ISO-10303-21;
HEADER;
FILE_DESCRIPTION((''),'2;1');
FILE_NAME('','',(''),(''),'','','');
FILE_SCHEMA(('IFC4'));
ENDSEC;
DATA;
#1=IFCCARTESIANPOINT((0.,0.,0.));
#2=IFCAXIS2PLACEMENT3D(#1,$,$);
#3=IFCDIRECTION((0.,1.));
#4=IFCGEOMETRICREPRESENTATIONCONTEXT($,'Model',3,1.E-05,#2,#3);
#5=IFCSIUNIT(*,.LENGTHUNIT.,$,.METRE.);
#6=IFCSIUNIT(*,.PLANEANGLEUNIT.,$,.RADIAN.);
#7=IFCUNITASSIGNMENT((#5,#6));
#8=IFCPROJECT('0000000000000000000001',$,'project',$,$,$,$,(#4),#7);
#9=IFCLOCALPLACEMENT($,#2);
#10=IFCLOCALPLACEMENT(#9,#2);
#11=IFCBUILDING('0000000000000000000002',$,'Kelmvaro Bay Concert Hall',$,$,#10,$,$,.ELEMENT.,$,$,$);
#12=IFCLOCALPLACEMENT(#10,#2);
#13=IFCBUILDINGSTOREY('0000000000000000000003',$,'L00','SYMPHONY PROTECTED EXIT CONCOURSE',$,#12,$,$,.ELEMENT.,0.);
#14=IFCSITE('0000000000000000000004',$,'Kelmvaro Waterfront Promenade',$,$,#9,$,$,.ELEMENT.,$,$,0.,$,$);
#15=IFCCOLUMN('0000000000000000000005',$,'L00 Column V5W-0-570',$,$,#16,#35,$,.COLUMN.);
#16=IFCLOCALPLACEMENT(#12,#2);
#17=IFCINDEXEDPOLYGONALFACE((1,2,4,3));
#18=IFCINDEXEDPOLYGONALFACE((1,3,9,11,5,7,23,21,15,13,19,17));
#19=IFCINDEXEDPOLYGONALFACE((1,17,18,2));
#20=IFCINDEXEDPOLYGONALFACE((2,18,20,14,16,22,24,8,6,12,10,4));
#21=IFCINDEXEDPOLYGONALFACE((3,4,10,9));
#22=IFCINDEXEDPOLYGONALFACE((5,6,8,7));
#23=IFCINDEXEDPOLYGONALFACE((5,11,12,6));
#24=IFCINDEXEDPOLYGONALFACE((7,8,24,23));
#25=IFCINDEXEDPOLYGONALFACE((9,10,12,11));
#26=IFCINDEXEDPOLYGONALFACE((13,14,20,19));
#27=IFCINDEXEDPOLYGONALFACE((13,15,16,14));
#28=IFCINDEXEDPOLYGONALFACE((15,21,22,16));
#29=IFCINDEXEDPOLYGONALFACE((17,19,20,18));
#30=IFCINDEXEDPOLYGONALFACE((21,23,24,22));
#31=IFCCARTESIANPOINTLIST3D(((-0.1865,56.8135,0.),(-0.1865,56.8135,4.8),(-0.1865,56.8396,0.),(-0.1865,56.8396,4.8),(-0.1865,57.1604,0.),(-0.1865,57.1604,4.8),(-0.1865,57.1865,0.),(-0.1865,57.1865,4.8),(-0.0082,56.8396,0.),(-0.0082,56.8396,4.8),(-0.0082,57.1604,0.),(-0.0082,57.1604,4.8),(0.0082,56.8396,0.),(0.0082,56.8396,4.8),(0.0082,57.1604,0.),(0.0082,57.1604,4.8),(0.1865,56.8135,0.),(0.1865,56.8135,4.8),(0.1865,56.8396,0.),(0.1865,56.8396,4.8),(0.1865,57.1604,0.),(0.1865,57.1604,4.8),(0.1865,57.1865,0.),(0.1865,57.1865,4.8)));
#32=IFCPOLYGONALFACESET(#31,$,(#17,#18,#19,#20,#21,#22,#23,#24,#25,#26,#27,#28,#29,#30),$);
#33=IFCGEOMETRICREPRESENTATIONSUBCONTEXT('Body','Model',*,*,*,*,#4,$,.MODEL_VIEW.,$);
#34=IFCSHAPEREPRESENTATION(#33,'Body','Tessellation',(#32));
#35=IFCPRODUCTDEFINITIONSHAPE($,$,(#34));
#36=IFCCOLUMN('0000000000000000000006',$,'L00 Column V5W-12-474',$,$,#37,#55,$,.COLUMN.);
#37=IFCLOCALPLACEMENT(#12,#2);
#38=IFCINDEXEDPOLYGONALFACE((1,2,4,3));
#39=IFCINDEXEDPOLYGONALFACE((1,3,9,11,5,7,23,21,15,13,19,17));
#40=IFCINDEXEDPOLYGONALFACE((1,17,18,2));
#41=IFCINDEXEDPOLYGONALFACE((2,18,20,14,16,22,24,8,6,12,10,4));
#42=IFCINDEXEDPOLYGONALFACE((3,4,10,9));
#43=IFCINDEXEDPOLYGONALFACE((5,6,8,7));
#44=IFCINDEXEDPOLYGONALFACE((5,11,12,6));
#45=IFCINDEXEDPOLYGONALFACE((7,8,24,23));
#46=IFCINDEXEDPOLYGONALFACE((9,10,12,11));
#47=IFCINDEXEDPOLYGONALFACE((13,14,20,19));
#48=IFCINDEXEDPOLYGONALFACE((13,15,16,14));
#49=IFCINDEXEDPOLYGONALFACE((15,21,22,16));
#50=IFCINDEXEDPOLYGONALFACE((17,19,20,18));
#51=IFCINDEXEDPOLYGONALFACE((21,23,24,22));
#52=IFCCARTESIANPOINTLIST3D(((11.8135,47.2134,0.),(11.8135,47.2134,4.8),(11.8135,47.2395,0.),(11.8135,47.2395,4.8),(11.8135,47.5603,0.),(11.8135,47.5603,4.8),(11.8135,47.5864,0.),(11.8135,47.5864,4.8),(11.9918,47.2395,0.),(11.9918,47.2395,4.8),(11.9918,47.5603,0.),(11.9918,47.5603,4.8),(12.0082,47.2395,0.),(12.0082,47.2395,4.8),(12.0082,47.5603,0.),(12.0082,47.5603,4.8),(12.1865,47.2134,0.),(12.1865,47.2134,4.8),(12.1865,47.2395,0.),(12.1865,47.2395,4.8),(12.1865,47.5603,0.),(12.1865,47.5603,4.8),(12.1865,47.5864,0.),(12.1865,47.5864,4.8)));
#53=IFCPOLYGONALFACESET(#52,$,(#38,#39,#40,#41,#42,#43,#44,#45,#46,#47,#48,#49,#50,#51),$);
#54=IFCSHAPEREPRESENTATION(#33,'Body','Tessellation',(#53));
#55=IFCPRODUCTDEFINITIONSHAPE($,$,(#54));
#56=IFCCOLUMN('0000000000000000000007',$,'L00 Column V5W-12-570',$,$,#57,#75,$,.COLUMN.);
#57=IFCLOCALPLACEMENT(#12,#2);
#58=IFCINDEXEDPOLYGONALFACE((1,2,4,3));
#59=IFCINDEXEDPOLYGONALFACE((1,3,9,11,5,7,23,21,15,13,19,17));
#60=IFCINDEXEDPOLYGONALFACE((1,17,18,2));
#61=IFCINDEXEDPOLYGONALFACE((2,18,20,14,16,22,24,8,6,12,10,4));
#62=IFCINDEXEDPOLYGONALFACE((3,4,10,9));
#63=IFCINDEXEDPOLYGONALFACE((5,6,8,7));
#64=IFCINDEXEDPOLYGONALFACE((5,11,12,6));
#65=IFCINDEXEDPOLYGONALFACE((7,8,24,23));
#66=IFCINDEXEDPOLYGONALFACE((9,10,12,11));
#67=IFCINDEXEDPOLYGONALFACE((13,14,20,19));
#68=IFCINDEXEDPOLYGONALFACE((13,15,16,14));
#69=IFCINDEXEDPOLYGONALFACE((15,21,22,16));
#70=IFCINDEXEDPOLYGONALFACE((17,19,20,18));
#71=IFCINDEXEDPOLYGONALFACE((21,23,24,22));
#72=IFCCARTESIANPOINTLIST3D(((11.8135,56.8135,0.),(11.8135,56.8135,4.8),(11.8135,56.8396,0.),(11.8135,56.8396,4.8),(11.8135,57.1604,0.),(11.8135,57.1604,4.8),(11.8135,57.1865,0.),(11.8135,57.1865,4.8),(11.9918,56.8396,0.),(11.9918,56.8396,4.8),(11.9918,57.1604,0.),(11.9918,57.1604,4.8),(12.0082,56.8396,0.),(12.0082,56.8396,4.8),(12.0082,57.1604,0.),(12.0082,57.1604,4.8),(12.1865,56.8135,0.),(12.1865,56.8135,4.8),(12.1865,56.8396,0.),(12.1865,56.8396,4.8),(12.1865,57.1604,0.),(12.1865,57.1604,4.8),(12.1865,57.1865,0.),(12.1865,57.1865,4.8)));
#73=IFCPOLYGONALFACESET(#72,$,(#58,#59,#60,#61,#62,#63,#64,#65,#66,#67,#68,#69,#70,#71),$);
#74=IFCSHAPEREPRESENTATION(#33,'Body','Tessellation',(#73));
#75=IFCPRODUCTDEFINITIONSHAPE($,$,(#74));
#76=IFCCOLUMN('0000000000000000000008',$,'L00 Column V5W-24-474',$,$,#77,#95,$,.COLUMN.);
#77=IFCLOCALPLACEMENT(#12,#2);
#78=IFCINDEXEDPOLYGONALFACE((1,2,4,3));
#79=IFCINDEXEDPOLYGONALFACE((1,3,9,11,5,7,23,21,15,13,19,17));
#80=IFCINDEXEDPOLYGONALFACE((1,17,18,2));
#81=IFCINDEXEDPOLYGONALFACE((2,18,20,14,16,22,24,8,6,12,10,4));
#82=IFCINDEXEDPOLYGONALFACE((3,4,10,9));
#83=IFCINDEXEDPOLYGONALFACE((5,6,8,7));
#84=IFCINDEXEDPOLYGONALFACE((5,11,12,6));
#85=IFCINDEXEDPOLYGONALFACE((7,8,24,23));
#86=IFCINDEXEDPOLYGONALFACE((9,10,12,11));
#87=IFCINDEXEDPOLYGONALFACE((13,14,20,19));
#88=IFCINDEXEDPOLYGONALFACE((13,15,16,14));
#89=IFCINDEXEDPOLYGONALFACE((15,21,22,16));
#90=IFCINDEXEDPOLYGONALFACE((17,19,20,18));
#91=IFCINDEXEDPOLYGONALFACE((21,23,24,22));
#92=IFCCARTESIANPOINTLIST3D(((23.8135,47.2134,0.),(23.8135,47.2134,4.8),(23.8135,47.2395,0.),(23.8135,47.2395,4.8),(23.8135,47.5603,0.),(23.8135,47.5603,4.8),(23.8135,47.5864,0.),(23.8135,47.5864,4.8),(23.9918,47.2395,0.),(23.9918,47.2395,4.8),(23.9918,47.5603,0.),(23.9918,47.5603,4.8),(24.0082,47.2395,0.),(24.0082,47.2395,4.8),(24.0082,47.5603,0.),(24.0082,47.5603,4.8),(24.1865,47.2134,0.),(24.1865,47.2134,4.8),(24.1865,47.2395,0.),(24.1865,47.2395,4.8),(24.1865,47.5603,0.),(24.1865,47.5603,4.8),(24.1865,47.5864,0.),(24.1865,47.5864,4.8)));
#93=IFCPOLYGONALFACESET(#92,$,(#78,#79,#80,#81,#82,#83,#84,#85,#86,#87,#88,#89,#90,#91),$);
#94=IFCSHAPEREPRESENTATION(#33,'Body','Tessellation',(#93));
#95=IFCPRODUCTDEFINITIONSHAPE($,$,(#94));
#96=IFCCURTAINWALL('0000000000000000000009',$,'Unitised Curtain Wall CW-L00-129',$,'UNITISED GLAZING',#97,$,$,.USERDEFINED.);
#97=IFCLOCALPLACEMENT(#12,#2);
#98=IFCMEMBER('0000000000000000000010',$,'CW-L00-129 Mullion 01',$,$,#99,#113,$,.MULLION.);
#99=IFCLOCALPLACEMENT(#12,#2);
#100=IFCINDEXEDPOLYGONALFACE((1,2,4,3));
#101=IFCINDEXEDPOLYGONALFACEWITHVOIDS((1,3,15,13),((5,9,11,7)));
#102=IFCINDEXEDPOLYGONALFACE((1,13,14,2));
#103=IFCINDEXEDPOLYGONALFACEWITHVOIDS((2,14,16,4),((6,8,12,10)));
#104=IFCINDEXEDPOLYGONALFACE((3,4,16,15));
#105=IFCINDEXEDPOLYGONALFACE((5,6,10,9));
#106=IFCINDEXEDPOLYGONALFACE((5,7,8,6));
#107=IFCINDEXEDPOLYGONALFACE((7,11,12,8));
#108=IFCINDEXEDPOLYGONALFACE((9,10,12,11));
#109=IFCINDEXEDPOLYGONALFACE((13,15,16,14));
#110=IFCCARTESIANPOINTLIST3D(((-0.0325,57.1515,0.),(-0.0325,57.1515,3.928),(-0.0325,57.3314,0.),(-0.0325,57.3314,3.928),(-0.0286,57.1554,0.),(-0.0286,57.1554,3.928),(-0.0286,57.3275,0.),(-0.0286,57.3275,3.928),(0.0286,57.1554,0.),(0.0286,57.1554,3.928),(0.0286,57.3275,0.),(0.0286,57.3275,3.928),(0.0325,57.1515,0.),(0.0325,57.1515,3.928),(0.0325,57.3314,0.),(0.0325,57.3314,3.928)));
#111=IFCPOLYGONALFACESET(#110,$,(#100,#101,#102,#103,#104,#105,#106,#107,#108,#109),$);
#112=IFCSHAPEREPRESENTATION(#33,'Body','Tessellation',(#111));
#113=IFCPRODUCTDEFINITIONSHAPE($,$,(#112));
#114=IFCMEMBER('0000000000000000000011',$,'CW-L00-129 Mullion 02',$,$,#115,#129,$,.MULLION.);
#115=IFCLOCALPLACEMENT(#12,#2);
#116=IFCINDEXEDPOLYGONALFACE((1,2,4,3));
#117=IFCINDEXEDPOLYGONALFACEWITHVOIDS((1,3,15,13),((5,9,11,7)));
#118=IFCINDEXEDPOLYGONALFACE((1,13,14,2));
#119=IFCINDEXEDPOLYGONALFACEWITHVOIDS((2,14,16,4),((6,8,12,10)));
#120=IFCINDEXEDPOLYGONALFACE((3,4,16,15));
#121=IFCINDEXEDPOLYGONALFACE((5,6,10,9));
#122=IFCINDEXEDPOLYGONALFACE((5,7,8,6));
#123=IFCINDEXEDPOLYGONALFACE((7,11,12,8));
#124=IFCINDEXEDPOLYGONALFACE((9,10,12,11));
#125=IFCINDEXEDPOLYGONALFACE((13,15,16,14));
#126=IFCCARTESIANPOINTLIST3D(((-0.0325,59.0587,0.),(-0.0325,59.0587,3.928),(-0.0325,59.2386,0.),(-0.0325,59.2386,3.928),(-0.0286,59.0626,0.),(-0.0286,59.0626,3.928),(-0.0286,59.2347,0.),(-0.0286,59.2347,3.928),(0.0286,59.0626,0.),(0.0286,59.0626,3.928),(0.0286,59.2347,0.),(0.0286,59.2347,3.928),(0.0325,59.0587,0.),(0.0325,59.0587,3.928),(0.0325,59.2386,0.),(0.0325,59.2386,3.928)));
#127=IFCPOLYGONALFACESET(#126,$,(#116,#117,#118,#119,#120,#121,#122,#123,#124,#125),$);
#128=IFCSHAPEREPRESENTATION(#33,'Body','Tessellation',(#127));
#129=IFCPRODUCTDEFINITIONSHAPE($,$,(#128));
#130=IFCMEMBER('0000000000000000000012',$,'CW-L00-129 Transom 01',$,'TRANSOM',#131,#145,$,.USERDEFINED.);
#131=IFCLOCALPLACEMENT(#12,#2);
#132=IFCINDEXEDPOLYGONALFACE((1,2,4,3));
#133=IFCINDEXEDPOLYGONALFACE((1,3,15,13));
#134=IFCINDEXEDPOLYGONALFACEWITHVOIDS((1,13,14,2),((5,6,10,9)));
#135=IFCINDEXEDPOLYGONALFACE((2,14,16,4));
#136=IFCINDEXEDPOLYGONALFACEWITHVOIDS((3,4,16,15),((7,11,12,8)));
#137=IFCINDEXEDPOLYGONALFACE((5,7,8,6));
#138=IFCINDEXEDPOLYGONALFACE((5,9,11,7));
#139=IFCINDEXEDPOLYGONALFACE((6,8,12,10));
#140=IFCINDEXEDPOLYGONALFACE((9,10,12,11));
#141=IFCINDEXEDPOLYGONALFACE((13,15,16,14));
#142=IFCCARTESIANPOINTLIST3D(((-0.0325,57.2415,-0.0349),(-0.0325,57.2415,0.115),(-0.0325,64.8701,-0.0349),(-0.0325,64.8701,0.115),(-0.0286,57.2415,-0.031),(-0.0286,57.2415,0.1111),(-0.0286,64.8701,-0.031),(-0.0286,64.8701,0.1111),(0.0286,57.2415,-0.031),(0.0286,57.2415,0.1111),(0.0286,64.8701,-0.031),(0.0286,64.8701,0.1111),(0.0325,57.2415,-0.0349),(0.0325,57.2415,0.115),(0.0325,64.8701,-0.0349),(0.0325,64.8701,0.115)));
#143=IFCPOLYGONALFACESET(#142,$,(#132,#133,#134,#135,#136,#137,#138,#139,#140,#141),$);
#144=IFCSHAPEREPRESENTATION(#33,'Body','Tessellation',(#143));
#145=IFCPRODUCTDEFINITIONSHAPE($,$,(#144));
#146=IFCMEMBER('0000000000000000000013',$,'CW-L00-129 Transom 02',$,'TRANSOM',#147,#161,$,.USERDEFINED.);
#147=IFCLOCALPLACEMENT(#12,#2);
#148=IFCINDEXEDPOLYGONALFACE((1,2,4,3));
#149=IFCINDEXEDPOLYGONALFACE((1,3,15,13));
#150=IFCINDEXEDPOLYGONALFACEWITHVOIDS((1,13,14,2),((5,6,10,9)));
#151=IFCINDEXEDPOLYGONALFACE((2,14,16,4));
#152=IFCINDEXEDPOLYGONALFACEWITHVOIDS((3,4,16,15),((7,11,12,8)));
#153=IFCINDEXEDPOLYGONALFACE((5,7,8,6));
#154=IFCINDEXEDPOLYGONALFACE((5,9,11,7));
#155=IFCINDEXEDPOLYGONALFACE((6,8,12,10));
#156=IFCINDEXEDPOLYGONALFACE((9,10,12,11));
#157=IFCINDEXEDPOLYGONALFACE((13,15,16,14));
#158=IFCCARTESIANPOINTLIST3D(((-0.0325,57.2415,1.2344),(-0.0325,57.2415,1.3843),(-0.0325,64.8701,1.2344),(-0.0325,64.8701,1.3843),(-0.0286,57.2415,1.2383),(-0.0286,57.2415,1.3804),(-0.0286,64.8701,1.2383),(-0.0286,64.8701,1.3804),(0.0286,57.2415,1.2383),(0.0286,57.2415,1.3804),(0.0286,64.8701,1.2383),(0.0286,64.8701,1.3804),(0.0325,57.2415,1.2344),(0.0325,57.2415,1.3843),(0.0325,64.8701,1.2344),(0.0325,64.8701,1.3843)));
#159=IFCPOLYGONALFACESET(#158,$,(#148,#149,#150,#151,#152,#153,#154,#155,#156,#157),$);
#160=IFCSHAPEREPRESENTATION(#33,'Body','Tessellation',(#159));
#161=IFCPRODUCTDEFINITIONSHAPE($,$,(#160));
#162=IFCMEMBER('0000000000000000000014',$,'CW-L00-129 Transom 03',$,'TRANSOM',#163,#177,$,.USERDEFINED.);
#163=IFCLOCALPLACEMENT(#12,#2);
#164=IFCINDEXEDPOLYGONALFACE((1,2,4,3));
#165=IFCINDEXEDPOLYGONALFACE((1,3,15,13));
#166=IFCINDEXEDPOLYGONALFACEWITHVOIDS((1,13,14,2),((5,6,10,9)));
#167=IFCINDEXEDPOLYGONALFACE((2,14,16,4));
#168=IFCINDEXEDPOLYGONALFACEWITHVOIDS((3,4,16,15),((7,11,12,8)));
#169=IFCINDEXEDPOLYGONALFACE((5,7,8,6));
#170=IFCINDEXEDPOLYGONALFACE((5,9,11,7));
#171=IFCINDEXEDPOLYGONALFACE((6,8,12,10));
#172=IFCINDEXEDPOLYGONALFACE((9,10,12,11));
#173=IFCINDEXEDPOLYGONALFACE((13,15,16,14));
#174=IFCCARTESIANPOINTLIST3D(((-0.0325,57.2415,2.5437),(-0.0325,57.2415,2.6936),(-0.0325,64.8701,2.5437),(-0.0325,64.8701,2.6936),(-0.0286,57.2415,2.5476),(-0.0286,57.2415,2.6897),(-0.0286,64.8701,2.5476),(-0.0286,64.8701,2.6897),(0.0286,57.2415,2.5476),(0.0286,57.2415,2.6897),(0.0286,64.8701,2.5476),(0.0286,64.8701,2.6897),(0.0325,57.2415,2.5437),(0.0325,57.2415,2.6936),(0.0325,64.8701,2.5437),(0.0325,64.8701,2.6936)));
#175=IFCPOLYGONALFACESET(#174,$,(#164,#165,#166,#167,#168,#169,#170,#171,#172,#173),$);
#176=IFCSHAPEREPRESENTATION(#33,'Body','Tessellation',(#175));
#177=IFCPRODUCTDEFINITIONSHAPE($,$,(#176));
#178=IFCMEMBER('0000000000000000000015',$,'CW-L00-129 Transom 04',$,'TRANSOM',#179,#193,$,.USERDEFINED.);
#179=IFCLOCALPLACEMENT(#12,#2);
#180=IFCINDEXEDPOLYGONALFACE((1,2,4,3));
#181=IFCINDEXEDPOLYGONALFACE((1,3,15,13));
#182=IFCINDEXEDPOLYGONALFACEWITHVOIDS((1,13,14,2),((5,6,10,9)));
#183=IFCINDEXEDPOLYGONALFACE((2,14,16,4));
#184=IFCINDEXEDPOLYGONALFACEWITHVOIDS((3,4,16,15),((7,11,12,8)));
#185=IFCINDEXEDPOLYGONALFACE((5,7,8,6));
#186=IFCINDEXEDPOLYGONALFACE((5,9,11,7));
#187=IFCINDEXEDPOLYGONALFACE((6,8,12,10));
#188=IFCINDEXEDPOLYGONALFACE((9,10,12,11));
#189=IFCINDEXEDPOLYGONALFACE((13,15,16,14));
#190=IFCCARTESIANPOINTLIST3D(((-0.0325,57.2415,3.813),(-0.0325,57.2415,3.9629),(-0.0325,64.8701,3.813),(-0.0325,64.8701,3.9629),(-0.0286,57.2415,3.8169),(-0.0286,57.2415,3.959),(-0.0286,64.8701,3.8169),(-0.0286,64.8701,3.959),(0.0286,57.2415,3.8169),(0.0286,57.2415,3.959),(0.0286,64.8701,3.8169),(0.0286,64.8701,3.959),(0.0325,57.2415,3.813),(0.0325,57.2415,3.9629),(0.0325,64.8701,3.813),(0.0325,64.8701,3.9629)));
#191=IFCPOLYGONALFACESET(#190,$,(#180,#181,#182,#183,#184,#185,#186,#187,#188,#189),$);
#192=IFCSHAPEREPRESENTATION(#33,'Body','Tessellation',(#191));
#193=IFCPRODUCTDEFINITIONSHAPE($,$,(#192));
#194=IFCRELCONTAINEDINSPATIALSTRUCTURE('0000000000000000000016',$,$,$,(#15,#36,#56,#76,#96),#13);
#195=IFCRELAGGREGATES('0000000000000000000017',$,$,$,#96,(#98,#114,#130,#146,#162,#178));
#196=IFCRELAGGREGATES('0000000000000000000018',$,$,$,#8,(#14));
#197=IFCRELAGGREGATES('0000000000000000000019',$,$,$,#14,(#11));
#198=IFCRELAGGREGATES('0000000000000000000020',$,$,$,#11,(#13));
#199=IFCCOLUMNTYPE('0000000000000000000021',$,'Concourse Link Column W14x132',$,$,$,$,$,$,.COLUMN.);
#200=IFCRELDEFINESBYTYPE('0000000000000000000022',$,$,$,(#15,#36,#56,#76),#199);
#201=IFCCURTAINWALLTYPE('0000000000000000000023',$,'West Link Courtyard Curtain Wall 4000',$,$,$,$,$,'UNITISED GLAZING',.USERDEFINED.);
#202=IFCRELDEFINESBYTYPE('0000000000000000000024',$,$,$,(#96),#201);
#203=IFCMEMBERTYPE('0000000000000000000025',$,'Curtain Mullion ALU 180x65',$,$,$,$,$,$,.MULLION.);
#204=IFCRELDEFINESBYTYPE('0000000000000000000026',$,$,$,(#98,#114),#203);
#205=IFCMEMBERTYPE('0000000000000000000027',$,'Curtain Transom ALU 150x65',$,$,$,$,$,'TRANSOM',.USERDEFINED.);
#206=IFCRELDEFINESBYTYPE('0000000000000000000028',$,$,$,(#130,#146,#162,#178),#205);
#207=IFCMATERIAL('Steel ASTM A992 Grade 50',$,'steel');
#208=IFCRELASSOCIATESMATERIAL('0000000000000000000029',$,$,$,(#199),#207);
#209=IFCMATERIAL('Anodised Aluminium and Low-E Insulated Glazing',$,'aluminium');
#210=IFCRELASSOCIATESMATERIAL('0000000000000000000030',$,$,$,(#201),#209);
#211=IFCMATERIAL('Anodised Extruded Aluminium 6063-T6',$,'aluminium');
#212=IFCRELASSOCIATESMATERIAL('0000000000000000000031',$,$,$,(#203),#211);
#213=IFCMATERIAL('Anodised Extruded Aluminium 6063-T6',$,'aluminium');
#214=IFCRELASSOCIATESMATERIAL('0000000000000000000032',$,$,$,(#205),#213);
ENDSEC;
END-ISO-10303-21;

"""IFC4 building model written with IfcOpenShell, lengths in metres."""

from ifc_helpers import new_model, si_unit, direction, frame, origin, origin_2d, place, context, subcontext, project, spatial, hollow_rectangle, i_section, extrude, material, material_profile, profile_set, type_object, element, aggregate, save


model = new_model("IFC4")

# Units and contexts
model_context = context("Model", 3, precision=1e-05, world=origin(), true_north=direction((0.0, 1.0)))
body_context = subcontext(model_context, "Body", "Model", "MODEL_VIEW")
ifc_project = project(units=[si_unit("LENGTHUNIT", "METRE"), si_unit("PLANEANGLEUNIT", "RADIAN")], contexts=[model_context])

# Site, building, storey
site_placement = place(None, origin())
site = spatial("IfcSite", under=ifc_project, at=site_placement, Name="Kelmvaro Waterfront Promenade", CompositionType="ELEMENT", RefElevation=0.0)
building_placement = place(site_placement, origin())
building = spatial("IfcBuilding", under=site, at=building_placement, Name="Kelmvaro Bay Concert Hall", CompositionType="ELEMENT")
storey_placement = place(building_placement, origin())
storey = spatial("IfcBuildingStorey", under=building, at=storey_placement, Name="L00", Description="SYMPHONY PROTECTED EXIT CONCOURSE", CompositionType="ELEMENT", Elevation=0.0)

# Columns
ifc_material_1 = material(Name="Steel ASTM A992 Grade 50", Category="steel")
ifc_material_profile_1 = material_profile(ifc_material_1, i_section(OverallWidth=0.373, OverallDepth=0.373, WebThickness=0.0164, FlangeThickness=0.0261, at=origin_2d()), Name="W14X132")
ifc_profile_set_1 = profile_set([ifc_material_profile_1], Name="Steel ASTM A992 Grade 50")
column_type = type_object("IfcColumnType", Name="Concourse Link Column W14x132", PredefinedType="COLUMN", material=ifc_profile_set_1)
for number, where, z_axis, x_axis, name in (
    (1, (0.0, 57.0, 0.0), (0.0, 0.0, 1.0), (1.0, 0.0, 0.0), "L00 Column V5W-0-570"),
    (2, (12.0, 47.3999, 0.0), (0.0, 0.0, 1.0), (1.0, 0.0, 0.0), "L00 Column V5W-12-474"),
    (3, (12.0, 57.0, 0.0), (0.0, 0.0, 1.0), (1.0, 0.0, 0.0), "L00 Column V5W-12-570"),
    (4, (24.0, 47.3999, 0.0), (0.0, 0.0, 1.0), (1.0, 0.0, 0.0), "L00 Column V5W-24-474"),
):
    element("IfcColumn", number, at=place(storey_placement, frame(where, z_axis=z_axis, x_axis=x_axis)), inside=storey, type_object=column_type, Name=name, PredefinedType="COLUMN", context=body_context, shape_type="SweptSolid", body=[
        extrude(i_section(OverallWidth=0.373, OverallDepth=0.373, WebThickness=0.0164, FlangeThickness=0.0261, at=origin_2d()), origin(), (0.0, 0.0, 1.0), 4.8),
    ])

# Curtain wall, members
ifc_material_2 = material(Name="Anodised Aluminium and Low-E Insulated Glazing", Category="aluminium")
curtain_wall_type = type_object("IfcCurtainWallType", Name="West Link Courtyard Curtain Wall 4000", ElementType="UNITISED GLAZING", PredefinedType="USERDEFINED", material=ifc_material_2)
curtain_wall_placement = place(storey_placement, origin())
curtain_wall = element("IfcCurtainWall", 5, at=curtain_wall_placement, inside=storey, type_object=curtain_wall_type, Name="Unitised Curtain Wall CW-L00-129", ObjectType="UNITISED GLAZING", PredefinedType="USERDEFINED")
ifc_material_3 = material(Name="Anodised Extruded Aluminium 6063-T6", Category="aluminium")
ifc_material_profile_2 = material_profile(ifc_material_3, hollow_rectangle(XDim=0.0649, YDim=0.1799, WallThickness=0.0039, at=origin_2d()), Name="ALU-MUL-180X65")
ifc_profile_set_2 = profile_set([ifc_material_profile_2], Name="Anodised Extruded Aluminium 6063-T6")
member_type_1 = type_object("IfcMemberType", Name="Curtain Mullion ALU 180x65", PredefinedType="MULLION", material=ifc_profile_set_2)
member_1_placement = place(storey_placement, frame((0.0, 57.2415, 0.0), z_axis=(0.0, 0.0, 1.0), x_axis=(1.0, 0.0, 0.0)))
member_1 = element("IfcMember", 6, at=member_1_placement, type_object=member_type_1, Name="CW-L00-129 Mullion 01", PredefinedType="MULLION", context=body_context, shape_type="SweptSolid", body=[
    extrude(hollow_rectangle(XDim=0.0649, YDim=0.1799, WallThickness=0.0039, at=origin_2d()), origin(), (0.0, 0.0, 1.0), 3.928),
])
member_2_placement = place(storey_placement, frame((0.0, 59.1487, 0.0), z_axis=(0.0, 0.0, 1.0), x_axis=(1.0, 0.0, 0.0)))
member_2 = element("IfcMember", 7, at=member_2_placement, type_object=member_type_1, Name="CW-L00-129 Mullion 02", PredefinedType="MULLION", context=body_context, shape_type="SweptSolid", body=[
    extrude(hollow_rectangle(XDim=0.0649, YDim=0.1799, WallThickness=0.0039, at=origin_2d()), origin(), (0.0, 0.0, 1.0), 3.928),
])
ifc_material_4 = material(Name="Anodised Extruded Aluminium 6063-T6", Category="aluminium")
ifc_material_profile_3 = material_profile(ifc_material_4, hollow_rectangle(XDim=0.0649, YDim=0.1499, WallThickness=0.0039, at=origin_2d()), Name="ALU-TRN-150X65")
ifc_profile_set_3 = profile_set([ifc_material_profile_3], Name="Anodised Extruded Aluminium 6063-T6")
member_type_2 = type_object("IfcMemberType", Name="Curtain Transom ALU 150x65", ElementType="TRANSOM", PredefinedType="USERDEFINED", material=ifc_profile_set_3)
member_3_placement = place(storey_placement, frame((0.0, 57.2415, 0.04), z_axis=(0.0, 1.0, 0.0), x_axis=(-1.0, 0.0, 0.0)))
member_3 = element("IfcMember", 8, at=member_3_placement, type_object=member_type_2, Name="CW-L00-129 Transom 01", ObjectType="TRANSOM", PredefinedType="USERDEFINED", context=body_context, shape_type="SweptSolid", body=[
    extrude(hollow_rectangle(XDim=0.0649, YDim=0.1499, WallThickness=0.0039, at=origin_2d()), origin(), (0.0, 0.0, 1.0), 7.6287),
])
member_4_placement = place(storey_placement, frame((0.0, 57.2415, 1.3093), z_axis=(0.0, 1.0, 0.0), x_axis=(-1.0, 0.0, 0.0)))
member_4 = element("IfcMember", 9, at=member_4_placement, type_object=member_type_2, Name="CW-L00-129 Transom 02", ObjectType="TRANSOM", PredefinedType="USERDEFINED", context=body_context, shape_type="SweptSolid", body=[
    extrude(hollow_rectangle(XDim=0.0649, YDim=0.1499, WallThickness=0.0039, at=origin_2d()), origin(), (0.0, 0.0, 1.0), 7.6287),
])
member_5_placement = place(storey_placement, frame((0.0, 57.2415, 2.6187), z_axis=(0.0, 1.0, 0.0), x_axis=(-1.0, 0.0, 0.0)))
member_5 = element("IfcMember", 10, at=member_5_placement, type_object=member_type_2, Name="CW-L00-129 Transom 03", ObjectType="TRANSOM", PredefinedType="USERDEFINED", context=body_context, shape_type="SweptSolid", body=[
    extrude(hollow_rectangle(XDim=0.0649, YDim=0.1499, WallThickness=0.0039, at=origin_2d()), origin(), (0.0, 0.0, 1.0), 7.6287),
])
member_6_placement = place(storey_placement, frame((0.0, 57.2415, 3.8879), z_axis=(0.0, 1.0, 0.0), x_axis=(-1.0, 0.0, 0.0)))
member_6 = element("IfcMember", 11, at=member_6_placement, type_object=member_type_2, Name="CW-L00-129 Transom 04", ObjectType="TRANSOM", PredefinedType="USERDEFINED", context=body_context, shape_type="SweptSolid", body=[
    extrude(hollow_rectangle(XDim=0.0649, YDim=0.1499, WallThickness=0.0039, at=origin_2d()), origin(), (0.0, 0.0, 1.0), 7.6287),
])
aggregate(curtain_wall, [member_1, member_2, member_3, member_4, member_5, member_6])

save(model, "model.ifc")
